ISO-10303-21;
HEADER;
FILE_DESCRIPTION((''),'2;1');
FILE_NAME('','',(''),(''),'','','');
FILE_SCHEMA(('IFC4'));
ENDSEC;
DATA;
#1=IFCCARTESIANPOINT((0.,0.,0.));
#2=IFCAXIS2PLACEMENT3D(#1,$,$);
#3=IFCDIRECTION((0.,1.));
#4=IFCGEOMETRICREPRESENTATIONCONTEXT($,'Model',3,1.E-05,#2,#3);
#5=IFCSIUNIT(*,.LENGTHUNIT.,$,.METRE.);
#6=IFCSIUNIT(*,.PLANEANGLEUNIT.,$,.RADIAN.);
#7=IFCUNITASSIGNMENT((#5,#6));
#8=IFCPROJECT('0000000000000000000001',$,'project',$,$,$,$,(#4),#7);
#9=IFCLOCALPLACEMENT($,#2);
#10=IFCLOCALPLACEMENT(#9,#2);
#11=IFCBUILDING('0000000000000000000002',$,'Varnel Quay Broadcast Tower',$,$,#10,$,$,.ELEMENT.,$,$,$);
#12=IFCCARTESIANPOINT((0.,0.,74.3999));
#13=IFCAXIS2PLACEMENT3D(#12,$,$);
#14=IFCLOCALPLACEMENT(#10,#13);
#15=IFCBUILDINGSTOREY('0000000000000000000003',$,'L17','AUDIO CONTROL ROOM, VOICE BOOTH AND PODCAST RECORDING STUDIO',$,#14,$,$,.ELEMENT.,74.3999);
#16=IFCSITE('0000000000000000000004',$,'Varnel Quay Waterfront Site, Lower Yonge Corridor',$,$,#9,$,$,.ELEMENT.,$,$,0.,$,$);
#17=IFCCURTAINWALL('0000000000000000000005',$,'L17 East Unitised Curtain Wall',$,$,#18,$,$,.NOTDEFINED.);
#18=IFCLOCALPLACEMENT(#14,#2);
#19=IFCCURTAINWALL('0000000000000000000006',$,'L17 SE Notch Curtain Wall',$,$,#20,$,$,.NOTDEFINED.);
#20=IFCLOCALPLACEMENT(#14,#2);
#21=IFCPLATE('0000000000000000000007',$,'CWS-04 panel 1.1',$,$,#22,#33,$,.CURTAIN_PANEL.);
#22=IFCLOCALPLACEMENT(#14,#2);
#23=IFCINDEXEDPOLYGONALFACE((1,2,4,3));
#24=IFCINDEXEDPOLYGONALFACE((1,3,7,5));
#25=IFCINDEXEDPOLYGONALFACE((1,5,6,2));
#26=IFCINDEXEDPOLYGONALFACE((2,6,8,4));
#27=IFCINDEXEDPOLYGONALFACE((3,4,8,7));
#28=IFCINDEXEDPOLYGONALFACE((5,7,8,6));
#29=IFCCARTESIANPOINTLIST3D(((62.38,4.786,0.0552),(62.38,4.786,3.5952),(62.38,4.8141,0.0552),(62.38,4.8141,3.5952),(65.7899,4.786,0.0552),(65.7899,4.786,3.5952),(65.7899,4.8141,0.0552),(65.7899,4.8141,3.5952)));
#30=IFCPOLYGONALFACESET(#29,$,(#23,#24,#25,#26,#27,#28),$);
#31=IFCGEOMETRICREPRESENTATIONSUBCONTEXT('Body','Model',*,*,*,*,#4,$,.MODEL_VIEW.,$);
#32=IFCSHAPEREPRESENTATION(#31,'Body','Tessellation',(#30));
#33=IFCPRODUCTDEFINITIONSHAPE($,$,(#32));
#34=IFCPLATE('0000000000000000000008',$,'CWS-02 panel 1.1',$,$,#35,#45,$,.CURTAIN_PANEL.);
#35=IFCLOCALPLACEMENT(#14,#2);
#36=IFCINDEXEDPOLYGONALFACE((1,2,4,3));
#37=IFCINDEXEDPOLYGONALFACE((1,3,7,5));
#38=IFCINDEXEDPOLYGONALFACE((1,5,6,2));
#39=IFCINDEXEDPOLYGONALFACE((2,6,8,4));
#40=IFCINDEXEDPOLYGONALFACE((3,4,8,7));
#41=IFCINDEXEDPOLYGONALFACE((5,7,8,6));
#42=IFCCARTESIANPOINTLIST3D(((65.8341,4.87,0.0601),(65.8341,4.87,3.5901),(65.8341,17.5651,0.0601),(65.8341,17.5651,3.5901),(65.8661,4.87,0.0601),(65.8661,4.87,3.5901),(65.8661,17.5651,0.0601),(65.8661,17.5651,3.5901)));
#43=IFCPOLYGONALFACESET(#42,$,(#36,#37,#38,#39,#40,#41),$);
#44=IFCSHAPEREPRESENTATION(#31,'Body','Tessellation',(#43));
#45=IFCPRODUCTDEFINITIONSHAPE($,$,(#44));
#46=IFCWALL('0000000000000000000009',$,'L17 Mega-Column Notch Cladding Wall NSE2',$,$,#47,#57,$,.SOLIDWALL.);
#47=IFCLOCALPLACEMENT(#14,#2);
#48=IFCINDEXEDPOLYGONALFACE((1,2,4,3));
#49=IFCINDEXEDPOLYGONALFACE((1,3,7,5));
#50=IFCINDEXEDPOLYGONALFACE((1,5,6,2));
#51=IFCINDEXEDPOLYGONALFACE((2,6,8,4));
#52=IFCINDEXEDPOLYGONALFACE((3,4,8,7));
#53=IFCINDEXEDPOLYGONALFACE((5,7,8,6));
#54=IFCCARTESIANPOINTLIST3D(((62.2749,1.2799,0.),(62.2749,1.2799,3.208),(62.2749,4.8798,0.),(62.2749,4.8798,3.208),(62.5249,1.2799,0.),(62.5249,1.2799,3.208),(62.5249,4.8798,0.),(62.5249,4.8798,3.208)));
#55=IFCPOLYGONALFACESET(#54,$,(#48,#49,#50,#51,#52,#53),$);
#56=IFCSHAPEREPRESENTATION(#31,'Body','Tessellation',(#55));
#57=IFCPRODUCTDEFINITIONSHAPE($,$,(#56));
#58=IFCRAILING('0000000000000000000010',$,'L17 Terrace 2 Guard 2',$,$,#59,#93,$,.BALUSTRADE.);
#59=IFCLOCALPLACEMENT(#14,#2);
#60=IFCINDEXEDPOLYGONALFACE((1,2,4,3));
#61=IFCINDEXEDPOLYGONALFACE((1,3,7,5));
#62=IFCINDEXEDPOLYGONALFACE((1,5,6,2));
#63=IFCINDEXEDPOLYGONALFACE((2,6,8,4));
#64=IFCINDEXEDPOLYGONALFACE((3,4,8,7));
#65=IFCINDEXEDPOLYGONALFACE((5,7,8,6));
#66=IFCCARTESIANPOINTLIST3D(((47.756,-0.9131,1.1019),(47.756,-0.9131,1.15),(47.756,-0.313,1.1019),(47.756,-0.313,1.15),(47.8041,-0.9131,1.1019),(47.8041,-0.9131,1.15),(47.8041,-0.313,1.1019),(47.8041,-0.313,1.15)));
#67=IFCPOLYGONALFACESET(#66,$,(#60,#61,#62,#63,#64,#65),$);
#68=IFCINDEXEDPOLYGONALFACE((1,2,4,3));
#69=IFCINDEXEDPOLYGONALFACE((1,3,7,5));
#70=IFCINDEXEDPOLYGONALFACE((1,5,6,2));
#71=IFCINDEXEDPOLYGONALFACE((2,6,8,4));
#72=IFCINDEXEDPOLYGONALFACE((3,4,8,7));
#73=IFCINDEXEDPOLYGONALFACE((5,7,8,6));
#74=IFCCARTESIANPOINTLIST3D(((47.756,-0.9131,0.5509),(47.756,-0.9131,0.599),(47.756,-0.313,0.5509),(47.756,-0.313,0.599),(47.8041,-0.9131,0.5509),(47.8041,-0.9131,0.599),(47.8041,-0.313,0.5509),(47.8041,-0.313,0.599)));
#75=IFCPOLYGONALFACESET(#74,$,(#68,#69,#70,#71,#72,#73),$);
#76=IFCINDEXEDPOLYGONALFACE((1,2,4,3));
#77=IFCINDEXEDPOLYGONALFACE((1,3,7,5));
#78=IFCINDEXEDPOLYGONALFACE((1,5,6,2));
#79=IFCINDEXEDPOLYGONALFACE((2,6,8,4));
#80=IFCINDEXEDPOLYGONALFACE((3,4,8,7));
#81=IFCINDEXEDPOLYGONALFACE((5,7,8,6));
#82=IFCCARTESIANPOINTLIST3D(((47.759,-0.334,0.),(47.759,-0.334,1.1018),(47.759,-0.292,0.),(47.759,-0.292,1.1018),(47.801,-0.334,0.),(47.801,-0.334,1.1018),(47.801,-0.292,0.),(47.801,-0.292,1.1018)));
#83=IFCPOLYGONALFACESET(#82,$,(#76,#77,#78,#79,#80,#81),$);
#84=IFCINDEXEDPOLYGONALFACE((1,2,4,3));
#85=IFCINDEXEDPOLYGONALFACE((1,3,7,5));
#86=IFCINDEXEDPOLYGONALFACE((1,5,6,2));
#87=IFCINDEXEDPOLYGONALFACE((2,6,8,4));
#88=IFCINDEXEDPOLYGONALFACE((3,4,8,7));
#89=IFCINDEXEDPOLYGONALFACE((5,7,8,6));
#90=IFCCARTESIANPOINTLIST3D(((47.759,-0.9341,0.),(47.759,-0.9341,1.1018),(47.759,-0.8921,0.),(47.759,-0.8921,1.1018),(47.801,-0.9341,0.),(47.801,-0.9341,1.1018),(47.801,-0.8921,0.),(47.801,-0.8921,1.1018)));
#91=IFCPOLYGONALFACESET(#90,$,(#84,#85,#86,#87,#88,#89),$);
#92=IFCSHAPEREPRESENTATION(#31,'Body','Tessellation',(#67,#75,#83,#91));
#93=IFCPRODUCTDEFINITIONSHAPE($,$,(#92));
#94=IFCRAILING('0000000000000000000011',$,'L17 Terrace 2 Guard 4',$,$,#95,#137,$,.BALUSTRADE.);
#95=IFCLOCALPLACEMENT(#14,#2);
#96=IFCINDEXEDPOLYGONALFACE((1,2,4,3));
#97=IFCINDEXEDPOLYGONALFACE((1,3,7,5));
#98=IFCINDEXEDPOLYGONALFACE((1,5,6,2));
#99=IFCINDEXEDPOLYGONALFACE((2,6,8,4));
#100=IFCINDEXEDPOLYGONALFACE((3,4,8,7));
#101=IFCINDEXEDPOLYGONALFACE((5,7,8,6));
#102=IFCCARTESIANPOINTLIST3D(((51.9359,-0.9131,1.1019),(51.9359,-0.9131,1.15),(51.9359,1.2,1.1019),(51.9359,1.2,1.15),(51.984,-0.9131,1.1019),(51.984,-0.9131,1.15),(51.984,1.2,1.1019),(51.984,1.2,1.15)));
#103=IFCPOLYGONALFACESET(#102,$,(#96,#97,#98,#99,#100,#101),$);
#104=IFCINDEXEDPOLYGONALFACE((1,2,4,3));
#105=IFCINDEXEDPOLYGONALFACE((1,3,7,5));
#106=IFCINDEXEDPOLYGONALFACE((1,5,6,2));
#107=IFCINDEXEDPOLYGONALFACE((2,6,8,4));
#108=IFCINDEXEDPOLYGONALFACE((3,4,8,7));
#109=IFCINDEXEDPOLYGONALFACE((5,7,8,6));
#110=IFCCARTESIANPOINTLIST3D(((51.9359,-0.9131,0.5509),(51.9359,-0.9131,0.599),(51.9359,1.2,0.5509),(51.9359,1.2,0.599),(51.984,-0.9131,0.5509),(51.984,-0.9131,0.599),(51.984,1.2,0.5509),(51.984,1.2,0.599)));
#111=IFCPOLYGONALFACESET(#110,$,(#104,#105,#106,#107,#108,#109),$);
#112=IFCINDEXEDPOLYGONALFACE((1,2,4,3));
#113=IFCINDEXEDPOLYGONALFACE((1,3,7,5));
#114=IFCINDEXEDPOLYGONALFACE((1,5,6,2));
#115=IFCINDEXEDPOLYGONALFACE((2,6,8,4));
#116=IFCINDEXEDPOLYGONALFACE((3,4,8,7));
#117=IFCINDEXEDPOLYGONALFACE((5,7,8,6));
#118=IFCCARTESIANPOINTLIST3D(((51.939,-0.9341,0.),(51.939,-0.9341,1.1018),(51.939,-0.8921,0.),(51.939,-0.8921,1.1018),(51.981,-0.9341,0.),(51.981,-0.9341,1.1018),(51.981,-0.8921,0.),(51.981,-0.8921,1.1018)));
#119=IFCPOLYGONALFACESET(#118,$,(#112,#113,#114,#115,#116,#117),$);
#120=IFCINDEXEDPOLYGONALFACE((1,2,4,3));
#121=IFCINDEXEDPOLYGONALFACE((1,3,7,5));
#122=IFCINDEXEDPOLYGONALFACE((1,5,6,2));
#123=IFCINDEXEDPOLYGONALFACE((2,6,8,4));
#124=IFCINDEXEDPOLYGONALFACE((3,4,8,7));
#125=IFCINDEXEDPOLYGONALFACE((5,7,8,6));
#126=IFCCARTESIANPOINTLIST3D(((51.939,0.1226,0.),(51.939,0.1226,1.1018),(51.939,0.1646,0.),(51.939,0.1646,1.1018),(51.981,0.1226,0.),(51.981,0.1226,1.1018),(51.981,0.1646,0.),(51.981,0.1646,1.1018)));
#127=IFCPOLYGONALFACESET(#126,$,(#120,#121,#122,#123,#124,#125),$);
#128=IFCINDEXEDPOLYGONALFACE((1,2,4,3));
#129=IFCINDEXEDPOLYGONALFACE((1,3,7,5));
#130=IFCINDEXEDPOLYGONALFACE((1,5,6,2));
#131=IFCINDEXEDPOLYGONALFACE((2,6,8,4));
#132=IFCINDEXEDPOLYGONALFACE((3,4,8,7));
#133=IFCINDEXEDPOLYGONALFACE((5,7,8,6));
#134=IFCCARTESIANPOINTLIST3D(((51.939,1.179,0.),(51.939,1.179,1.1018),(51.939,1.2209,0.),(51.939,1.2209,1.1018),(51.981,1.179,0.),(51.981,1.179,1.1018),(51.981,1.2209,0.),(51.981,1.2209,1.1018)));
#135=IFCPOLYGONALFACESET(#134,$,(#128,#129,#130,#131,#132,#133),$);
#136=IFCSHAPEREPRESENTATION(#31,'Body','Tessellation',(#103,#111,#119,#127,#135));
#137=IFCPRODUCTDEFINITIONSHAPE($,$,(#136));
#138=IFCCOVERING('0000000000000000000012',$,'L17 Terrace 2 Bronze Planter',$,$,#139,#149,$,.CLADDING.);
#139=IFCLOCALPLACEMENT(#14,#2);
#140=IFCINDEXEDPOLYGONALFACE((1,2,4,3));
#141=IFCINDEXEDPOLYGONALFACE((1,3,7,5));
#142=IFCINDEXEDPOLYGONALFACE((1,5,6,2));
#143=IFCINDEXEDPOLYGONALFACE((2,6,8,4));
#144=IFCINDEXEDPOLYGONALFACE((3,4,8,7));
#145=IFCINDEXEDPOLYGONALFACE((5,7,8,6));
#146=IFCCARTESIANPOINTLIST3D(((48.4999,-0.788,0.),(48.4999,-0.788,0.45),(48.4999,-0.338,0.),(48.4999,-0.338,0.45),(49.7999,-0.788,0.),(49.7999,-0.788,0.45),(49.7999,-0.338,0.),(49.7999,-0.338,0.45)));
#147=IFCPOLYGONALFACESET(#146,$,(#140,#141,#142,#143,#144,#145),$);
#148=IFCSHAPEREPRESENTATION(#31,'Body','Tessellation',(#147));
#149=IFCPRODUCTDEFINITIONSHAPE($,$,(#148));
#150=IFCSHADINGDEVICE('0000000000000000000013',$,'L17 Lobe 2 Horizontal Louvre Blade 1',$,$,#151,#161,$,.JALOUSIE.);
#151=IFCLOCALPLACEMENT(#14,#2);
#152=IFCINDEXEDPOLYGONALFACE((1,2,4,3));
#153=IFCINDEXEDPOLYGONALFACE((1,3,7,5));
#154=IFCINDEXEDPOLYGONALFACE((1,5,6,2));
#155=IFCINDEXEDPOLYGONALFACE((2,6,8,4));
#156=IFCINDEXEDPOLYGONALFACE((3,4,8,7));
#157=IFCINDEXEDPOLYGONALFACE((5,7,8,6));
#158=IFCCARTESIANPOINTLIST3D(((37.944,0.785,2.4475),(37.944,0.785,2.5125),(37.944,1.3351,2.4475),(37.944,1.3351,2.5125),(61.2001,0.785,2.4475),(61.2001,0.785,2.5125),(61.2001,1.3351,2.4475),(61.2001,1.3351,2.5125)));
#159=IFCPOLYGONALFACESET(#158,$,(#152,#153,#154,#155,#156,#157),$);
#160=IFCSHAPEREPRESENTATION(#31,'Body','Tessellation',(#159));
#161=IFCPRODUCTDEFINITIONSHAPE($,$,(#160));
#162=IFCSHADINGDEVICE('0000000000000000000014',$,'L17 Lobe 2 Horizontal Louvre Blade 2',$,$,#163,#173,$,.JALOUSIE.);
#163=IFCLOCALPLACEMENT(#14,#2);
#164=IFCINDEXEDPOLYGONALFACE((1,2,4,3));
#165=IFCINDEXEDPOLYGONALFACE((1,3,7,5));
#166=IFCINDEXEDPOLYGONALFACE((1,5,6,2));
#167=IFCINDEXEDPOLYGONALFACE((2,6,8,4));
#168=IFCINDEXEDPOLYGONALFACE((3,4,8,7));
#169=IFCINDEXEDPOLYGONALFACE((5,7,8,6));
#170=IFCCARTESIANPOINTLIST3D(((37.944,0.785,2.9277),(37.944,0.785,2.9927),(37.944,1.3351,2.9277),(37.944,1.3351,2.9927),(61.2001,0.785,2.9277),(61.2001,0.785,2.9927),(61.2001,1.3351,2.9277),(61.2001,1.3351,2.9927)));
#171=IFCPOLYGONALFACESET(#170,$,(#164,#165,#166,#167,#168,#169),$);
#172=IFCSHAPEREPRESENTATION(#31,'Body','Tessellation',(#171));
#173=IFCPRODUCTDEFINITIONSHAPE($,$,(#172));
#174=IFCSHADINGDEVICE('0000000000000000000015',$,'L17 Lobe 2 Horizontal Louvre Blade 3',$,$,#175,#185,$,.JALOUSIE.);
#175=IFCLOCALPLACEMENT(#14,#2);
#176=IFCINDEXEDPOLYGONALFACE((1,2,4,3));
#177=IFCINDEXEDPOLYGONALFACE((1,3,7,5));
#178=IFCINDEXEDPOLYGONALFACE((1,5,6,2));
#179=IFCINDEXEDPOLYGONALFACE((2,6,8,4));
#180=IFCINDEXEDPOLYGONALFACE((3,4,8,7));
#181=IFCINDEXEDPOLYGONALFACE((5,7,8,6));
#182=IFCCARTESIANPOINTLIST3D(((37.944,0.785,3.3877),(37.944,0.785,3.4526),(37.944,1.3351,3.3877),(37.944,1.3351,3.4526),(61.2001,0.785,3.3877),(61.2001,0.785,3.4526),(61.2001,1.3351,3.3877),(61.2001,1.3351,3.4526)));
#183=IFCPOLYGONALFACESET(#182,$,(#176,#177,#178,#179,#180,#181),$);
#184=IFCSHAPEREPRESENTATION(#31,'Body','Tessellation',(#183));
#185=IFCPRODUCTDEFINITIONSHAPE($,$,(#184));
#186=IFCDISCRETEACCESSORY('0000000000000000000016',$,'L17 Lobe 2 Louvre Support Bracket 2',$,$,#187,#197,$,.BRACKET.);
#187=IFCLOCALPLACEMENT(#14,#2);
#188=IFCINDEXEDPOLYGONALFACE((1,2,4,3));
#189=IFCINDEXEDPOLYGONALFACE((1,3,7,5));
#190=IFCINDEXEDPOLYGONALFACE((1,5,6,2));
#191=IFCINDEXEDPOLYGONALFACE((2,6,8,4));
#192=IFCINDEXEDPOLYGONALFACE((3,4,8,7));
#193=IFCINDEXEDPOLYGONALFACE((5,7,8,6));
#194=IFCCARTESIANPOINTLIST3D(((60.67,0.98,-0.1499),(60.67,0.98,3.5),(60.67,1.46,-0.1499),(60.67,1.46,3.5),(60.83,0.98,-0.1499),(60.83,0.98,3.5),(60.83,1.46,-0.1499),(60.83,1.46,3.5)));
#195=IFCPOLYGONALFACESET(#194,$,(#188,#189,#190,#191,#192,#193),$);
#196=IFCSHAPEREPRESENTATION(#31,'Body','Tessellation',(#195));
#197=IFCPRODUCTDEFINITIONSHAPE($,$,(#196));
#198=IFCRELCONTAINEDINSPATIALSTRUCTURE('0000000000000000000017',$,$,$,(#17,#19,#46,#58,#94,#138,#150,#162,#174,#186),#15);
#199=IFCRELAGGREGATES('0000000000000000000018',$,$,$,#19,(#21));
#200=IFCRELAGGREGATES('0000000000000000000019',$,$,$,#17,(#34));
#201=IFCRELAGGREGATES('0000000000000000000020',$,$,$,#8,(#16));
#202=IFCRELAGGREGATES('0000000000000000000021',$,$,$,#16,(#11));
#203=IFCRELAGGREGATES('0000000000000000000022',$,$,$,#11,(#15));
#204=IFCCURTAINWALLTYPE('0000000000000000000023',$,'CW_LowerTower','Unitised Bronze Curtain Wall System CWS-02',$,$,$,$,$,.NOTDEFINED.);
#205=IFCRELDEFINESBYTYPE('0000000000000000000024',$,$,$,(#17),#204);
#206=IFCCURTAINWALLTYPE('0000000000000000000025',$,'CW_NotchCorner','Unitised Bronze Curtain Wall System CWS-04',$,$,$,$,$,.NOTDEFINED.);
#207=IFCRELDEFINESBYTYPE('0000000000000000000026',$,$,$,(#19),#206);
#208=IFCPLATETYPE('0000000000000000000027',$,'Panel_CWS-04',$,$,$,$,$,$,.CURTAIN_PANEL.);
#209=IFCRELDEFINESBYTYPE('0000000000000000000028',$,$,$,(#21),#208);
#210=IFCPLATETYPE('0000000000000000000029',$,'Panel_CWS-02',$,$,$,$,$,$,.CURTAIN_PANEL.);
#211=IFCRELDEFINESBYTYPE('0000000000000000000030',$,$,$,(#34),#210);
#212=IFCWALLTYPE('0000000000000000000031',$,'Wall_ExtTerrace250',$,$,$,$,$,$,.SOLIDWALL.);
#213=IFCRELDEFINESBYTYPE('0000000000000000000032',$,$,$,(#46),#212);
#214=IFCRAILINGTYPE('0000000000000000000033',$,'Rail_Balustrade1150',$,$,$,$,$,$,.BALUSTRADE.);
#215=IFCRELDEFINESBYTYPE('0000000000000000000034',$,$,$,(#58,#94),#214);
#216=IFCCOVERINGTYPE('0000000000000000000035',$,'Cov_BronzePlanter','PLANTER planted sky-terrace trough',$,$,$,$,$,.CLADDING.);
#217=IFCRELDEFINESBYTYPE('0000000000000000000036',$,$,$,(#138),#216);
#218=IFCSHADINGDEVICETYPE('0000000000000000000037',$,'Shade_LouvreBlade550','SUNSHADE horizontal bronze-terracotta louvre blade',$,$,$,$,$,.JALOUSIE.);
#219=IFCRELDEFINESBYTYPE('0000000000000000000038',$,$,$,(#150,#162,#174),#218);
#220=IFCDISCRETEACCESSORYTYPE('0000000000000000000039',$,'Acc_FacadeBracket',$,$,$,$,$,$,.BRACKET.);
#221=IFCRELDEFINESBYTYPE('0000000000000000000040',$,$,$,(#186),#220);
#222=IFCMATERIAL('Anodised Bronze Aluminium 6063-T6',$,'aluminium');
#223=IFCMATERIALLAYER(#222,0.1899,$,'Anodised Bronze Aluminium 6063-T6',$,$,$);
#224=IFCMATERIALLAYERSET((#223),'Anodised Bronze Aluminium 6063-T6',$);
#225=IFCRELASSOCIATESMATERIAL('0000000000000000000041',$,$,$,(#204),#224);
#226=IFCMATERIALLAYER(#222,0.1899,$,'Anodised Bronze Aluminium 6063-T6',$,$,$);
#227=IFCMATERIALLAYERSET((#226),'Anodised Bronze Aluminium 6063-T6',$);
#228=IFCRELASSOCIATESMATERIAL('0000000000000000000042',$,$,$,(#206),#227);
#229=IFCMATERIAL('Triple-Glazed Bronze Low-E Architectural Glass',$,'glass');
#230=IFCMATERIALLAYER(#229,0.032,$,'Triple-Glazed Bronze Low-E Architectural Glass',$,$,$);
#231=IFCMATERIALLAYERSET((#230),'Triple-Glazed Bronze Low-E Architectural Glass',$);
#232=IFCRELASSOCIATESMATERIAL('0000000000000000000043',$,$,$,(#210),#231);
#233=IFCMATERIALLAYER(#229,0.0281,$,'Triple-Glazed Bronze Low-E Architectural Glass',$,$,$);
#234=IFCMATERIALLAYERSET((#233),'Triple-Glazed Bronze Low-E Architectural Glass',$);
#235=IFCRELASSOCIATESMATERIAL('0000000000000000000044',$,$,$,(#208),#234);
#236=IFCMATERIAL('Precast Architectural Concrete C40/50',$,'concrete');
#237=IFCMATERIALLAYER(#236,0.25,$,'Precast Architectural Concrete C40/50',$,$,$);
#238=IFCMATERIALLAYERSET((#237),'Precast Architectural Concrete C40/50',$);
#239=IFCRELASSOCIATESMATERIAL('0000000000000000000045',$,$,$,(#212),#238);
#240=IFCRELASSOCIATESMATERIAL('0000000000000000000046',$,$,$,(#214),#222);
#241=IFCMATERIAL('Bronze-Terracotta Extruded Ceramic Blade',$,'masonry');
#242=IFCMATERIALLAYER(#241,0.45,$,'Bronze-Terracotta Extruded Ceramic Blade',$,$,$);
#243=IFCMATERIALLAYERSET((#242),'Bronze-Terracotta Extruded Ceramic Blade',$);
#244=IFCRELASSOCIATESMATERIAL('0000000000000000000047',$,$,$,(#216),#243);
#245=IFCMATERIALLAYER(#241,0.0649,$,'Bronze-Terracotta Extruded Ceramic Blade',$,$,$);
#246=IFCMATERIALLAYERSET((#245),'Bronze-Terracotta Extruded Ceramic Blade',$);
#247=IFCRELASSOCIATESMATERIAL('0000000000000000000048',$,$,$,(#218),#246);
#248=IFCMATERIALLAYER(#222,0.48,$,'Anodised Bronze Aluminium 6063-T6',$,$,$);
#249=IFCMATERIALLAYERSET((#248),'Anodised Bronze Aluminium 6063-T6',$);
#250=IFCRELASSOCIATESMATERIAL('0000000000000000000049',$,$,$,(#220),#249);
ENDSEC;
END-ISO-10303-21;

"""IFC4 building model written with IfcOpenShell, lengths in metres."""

from ifc_helpers import new_model, si_unit, direction, frame, frame_2d, origin, origin_2d, place, context, subcontext, project, spatial, rectangle, extrude, source, transform, mapped, material, layer, layer_set, type_object, type_shapes, element, aggregate, save


model = new_model("IFC4")

# Units and contexts
model_context = context("Model", 3, precision=1e-05, world=origin(), true_north=direction((0.0, 1.0)))
body_context = subcontext(model_context, "Body", "Model", "MODEL_VIEW")
ifc_project = project(units=[si_unit("LENGTHUNIT", "METRE"), si_unit("PLANEANGLEUNIT", "RADIAN")], contexts=[model_context])

# Site, building, storey
site_placement = place(None, origin())
site = spatial("IfcSite", under=ifc_project, at=site_placement, Name="Varnel Quay Waterfront Site, Lower Yonge Corridor", CompositionType="ELEMENT", RefElevation=0.0)
building_placement = place(site_placement, origin())
building = spatial("IfcBuilding", under=site, at=building_placement, Name="Varnel Quay Broadcast Tower", CompositionType="ELEMENT")
storey_placement = place(building_placement, frame((0.0, 0.0, 74.3999)))
storey = spatial("IfcBuildingStorey", under=building, at=storey_placement, Name="L17", Description="AUDIO CONTROL ROOM, VOICE BOOTH AND PODCAST RECORDING STUDIO", CompositionType="ELEMENT", Elevation=74.3999)

# Curtain walls
ifc_material_1 = material(Name="Anodised Bronze Aluminium 6063-T6", Category="aluminium")
ifc_layer_1 = layer(ifc_material_1, 0.1899, Name="Anodised Bronze Aluminium 6063-T6")
ifc_layer_set_1 = layer_set([ifc_layer_1], Name="Anodised Bronze Aluminium 6063-T6")
curtain_wall_type_1 = type_object("IfcCurtainWallType", Name="CW_LowerTower", Description="Unitised Bronze Curtain Wall System CWS-02", PredefinedType="NOTDEFINED", material=ifc_layer_set_1)
curtain_wall_1_placement = place(storey_placement, origin())
curtain_wall_1 = element("IfcCurtainWall", 1, at=curtain_wall_1_placement, inside=storey, type_object=curtain_wall_type_1, Name="L17 East Unitised Curtain Wall", PredefinedType="NOTDEFINED")
ifc_layer_2 = layer(ifc_material_1, 0.1899, Name="Anodised Bronze Aluminium 6063-T6")
ifc_layer_set_2 = layer_set([ifc_layer_2], Name="Anodised Bronze Aluminium 6063-T6")
curtain_wall_type_2 = type_object("IfcCurtainWallType", Name="CW_NotchCorner", Description="Unitised Bronze Curtain Wall System CWS-04", PredefinedType="NOTDEFINED", material=ifc_layer_set_2)
curtain_wall_2_placement = place(storey_placement, origin())
curtain_wall_2 = element("IfcCurtainWall", 2, at=curtain_wall_2_placement, inside=storey, type_object=curtain_wall_type_2, Name="L17 SE Notch Curtain Wall", PredefinedType="NOTDEFINED")

# Plates
ifc_material_2 = material(Name="Triple-Glazed Bronze Low-E Architectural Glass", Category="glass")
ifc_layer_3 = layer(ifc_material_2, 0.032, Name="Triple-Glazed Bronze Low-E Architectural Glass")
ifc_layer_set_3 = layer_set([ifc_layer_3], Name="Triple-Glazed Bronze Low-E Architectural Glass")
plate_type_1 = type_object("IfcPlateType", Name="Panel_CWS-02", PredefinedType="CURTAIN_PANEL", material=ifc_layer_set_3)
ifc_layer_4 = layer(ifc_material_2, 0.0281, Name="Triple-Glazed Bronze Low-E Architectural Glass")
ifc_layer_set_4 = layer_set([ifc_layer_4], Name="Triple-Glazed Bronze Low-E Architectural Glass")
plate_type_2 = type_object("IfcPlateType", Name="Panel_CWS-04", PredefinedType="CURTAIN_PANEL", material=ifc_layer_set_4)
shared_shape_1 = source(origin(), body_context, "Body", "SweptSolid", [
    extrude(rectangle(XDim=3.4099, YDim=0.0281, at=origin_2d()), origin(), (0.0, 0.0, 1.0), 3.54),
])
type_shapes(plate_type_2, [shared_shape_1])
plate_1_placement = place(storey_placement, frame((64.085, 4.8, 0.0552), z_axis=(0.0, 0.0, 1.0), x_axis=(1.0, 0.0, 0.0)))
plate_1 = element("IfcPlate", 3, at=plate_1_placement, type_object=plate_type_2, Name="CWS-04 panel 1.1", PredefinedType="CURTAIN_PANEL", context=body_context, shape_type="MappedRepresentation", body=[
    mapped(shared_shape_1, transform((0.0, 0.0, 0.0), x_axis=(1.0, 0.0, 0.0), y_axis=(0.0, 1.0, 0.0), z_axis=(0.0, 0.0, 1.0), scale=1.0)),
])
aggregate(curtain_wall_2, [plate_1])
shared_shape_2 = source(origin(), body_context, "Body", "SweptSolid", [
    extrude(rectangle(XDim=12.6951, YDim=0.032, at=origin_2d()), origin(), (0.0, 0.0, 1.0), 3.53),
])
plate_2_placement = place(storey_placement, frame((65.8501, 11.2175, 0.0601), z_axis=(0.0, 0.0, 1.0), x_axis=(0.0, 1.0, 0.0)))
plate_2 = element("IfcPlate", 4, at=plate_2_placement, type_object=plate_type_1, Name="CWS-02 panel 1.1", PredefinedType="CURTAIN_PANEL", context=body_context, shape_type="MappedRepresentation", body=[
    mapped(shared_shape_2, transform((0.0, 0.0, 0.0), x_axis=(1.0, 0.0, 0.0), y_axis=(0.0, 1.0, 0.0), z_axis=(0.0, 0.0, 1.0), scale=1.0)),
])
aggregate(curtain_wall_1, [plate_2])

# Wall
ifc_material_3 = material(Name="Precast Architectural Concrete C40/50", Category="concrete")
ifc_layer_5 = layer(ifc_material_3, 0.25, Name="Precast Architectural Concrete C40/50")
ifc_layer_set_5 = layer_set([ifc_layer_5], Name="Precast Architectural Concrete C40/50")
wall_type = type_object("IfcWallType", Name="Wall_ExtTerrace250", PredefinedType="SOLIDWALL", material=ifc_layer_set_5)
wall_placement = place(storey_placement, frame((62.3999, 1.28, 0.0), z_axis=(0.0, 0.0, 1.0), x_axis=(0.0, 1.0, 0.0)))
element("IfcWall", 5, at=wall_placement, inside=storey, type_object=wall_type, Name="L17 Mega-Column Notch Cladding Wall NSE2", PredefinedType="SOLIDWALL", context=body_context, shape_type="SweptSolid", body=[
    extrude(rectangle(XDim=3.5999, YDim=0.25, at=frame_2d((1.7998, 0.0))), origin(), (0.0, 0.0, 1.0), 3.208),
])

# Railings
railing_type = type_object("IfcRailingType", Name="Rail_Balustrade1150", PredefinedType="BALUSTRADE", material=ifc_material_1)
railing_1_placement = place(storey_placement, frame((47.78, -0.313, 0.0)))
element("IfcRailing", 6, at=railing_1_placement, inside=storey, type_object=railing_type, Name="L17 Terrace 2 Guard 2", PredefinedType="BALUSTRADE", context=body_context, shape_type="SweptSolid", body=[
    extrude(rectangle(XDim=0.0481, YDim=0.0481, at=origin_2d()), frame((0.0, 0.0, 1.126), z_axis=(0.0, -1.0, 0.0), x_axis=(1.0, 0.0, 0.0)), (0.0, 0.0, 1.0), 0.6001),
    extrude(rectangle(XDim=0.0481, YDim=0.0481, at=origin_2d()), frame((0.0, 0.0, 0.575), z_axis=(0.0, -1.0, 0.0), x_axis=(1.0, 0.0, 0.0)), (0.0, 0.0, 1.0), 0.6001),
    extrude(rectangle(XDim=0.042, YDim=0.042, at=origin_2d()), origin(), (0.0, 0.0, 1.0), 1.1018),
    extrude(rectangle(XDim=0.042, YDim=0.042, at=origin_2d()), frame((0.0, -0.6001, 0.0)), (0.0, 0.0, 1.0), 1.1018),
])
railing_2_placement = place(storey_placement, frame((51.96, -0.9131, 0.0)))
element("IfcRailing", 7, at=railing_2_placement, inside=storey, type_object=railing_type, Name="L17 Terrace 2 Guard 4", PredefinedType="BALUSTRADE", context=body_context, shape_type="SweptSolid", body=[
    extrude(rectangle(XDim=0.0481, YDim=0.0481, at=origin_2d()), frame((0.0, 0.0, 1.126), z_axis=(0.0, 1.0, 0.0), x_axis=(-1.0, 0.0, 0.0)), (0.0, 0.0, 1.0), 2.113),
    extrude(rectangle(XDim=0.0481, YDim=0.0481, at=origin_2d()), frame((0.0, 0.0, 0.575), z_axis=(0.0, 1.0, 0.0), x_axis=(-1.0, 0.0, 0.0)), (0.0, 0.0, 1.0), 2.113),
    extrude(rectangle(XDim=0.042, YDim=0.042, at=origin_2d()), origin(), (0.0, 0.0, 1.0), 1.1018),
    extrude(rectangle(XDim=0.042, YDim=0.042, at=origin_2d()), frame((0.0, 1.0566, 0.0)), (0.0, 0.0, 1.0), 1.1018),
    extrude(rectangle(XDim=0.042, YDim=0.042, at=origin_2d()), frame((0.0, 2.113, 0.0)), (0.0, 0.0, 1.0), 1.1018),
])

# Covering
ifc_material_4 = material(Name="Bronze-Terracotta Extruded Ceramic Blade", Category="masonry")
ifc_layer_6 = layer(ifc_material_4, 0.45, Name="Bronze-Terracotta Extruded Ceramic Blade")
ifc_layer_set_6 = layer_set([ifc_layer_6], Name="Bronze-Terracotta Extruded Ceramic Blade")
covering_type = type_object("IfcCoveringType", Name="Cov_BronzePlanter", Description="PLANTER planted sky-terrace trough", PredefinedType="CLADDING", material=ifc_layer_set_6)
shared_shape_3 = source(origin(), body_context, "Body", "SweptSolid", [
    extrude(rectangle(XDim=1.3, YDim=0.45, at=origin_2d()), origin(), (0.0, 0.0, 1.0), 0.45),
])
type_shapes(covering_type, [shared_shape_3])
covering_placement = place(storey_placement, frame((49.1499, -0.563, 0.0), z_axis=(0.0, 0.0, 1.0), x_axis=(1.0, 0.0, 0.0)))
element("IfcCovering", 8, at=covering_placement, inside=storey, type_object=covering_type, Name="L17 Terrace 2 Bronze Planter", PredefinedType="CLADDING", context=body_context, shape_type="MappedRepresentation", body=[
    mapped(shared_shape_3, transform((0.0, 0.0, 0.0), x_axis=(1.0, 0.0, 0.0), y_axis=(0.0, 1.0, 0.0), z_axis=(0.0, 0.0, 1.0), scale=1.0)),
])

# Shading devices
ifc_layer_7 = layer(ifc_material_4, 0.0649, Name="Bronze-Terracotta Extruded Ceramic Blade")
ifc_layer_set_7 = layer_set([ifc_layer_7], Name="Bronze-Terracotta Extruded Ceramic Blade")
shading_device_type = type_object("IfcShadingDeviceType", Name="Shade_LouvreBlade550", Description="SUNSHADE horizontal bronze-terracotta louvre blade", PredefinedType="JALOUSIE", material=ifc_layer_set_7)
shared_shape_4 = source(origin(), body_context, "Body", "SweptSolid", [
    extrude(rectangle(XDim=23.2561, YDim=0.55, at=origin_2d()), origin(), (0.0, 0.0, 1.0), 0.0649),
])
type_shapes(shading_device_type, [shared_shape_4])
for number, where, z_axis, x_axis, name in (
    (9, (49.572, 1.0601, 2.4475), (0.0, 0.0, 1.0), (1.0, 0.0, 0.0), "L17 Lobe 2 Horizontal Louvre Blade 1"),
    (10, (49.572, 1.0601, 2.9277), (0.0, 0.0, 1.0), (1.0, 0.0, 0.0), "L17 Lobe 2 Horizontal Louvre Blade 2"),
    (11, (49.572, 1.0601, 3.3877), (0.0, 0.0, 1.0), (1.0, 0.0, 0.0), "L17 Lobe 2 Horizontal Louvre Blade 3"),
):
    element("IfcShadingDevice", number, at=place(storey_placement, frame(where, z_axis=z_axis, x_axis=x_axis)), inside=storey, type_object=shading_device_type, Name=name, PredefinedType="JALOUSIE", context=body_context, shape_type="MappedRepresentation", body=[
        mapped(shared_shape_4, transform((0.0, 0.0, 0.0), x_axis=(1.0, 0.0, 0.0), y_axis=(0.0, 1.0, 0.0), z_axis=(0.0, 0.0, 1.0), scale=1.0)),
    ])

# Discrete accessory
ifc_layer_8 = layer(ifc_material_1, 0.48, Name="Anodised Bronze Aluminium 6063-T6")
ifc_layer_set_8 = layer_set([ifc_layer_8], Name="Anodised Bronze Aluminium 6063-T6")
discrete_accessory_type = type_object("IfcDiscreteAccessoryType", Name="Acc_FacadeBracket", PredefinedType="BRACKET", material=ifc_layer_set_8)
shared_shape_5 = source(origin(), body_context, "Body", "SweptSolid", [
    extrude(rectangle(XDim=0.1599, YDim=0.48, at=origin_2d()), origin(), (0.0, 0.0, 1.0), 3.6499),
])
type_shapes(discrete_accessory_type, [shared_shape_5])
discrete_accessory_placement = place(storey_placement, frame((60.75, 1.22, -0.1499), z_axis=(0.0, 0.0, 1.0), x_axis=(1.0, 0.0, 0.0)))
element("IfcDiscreteAccessory", 12, at=discrete_accessory_placement, inside=storey, type_object=discrete_accessory_type, Name="L17 Lobe 2 Louvre Support Bracket 2", PredefinedType="BRACKET", context=body_context, shape_type="MappedRepresentation", body=[
    mapped(shared_shape_5, transform((0.0, 0.0, 0.0), x_axis=(1.0, 0.0, 0.0), y_axis=(0.0, 1.0, 0.0), z_axis=(0.0, 0.0, 1.0), scale=1.0)),
])

save(model, "model.ifc")
